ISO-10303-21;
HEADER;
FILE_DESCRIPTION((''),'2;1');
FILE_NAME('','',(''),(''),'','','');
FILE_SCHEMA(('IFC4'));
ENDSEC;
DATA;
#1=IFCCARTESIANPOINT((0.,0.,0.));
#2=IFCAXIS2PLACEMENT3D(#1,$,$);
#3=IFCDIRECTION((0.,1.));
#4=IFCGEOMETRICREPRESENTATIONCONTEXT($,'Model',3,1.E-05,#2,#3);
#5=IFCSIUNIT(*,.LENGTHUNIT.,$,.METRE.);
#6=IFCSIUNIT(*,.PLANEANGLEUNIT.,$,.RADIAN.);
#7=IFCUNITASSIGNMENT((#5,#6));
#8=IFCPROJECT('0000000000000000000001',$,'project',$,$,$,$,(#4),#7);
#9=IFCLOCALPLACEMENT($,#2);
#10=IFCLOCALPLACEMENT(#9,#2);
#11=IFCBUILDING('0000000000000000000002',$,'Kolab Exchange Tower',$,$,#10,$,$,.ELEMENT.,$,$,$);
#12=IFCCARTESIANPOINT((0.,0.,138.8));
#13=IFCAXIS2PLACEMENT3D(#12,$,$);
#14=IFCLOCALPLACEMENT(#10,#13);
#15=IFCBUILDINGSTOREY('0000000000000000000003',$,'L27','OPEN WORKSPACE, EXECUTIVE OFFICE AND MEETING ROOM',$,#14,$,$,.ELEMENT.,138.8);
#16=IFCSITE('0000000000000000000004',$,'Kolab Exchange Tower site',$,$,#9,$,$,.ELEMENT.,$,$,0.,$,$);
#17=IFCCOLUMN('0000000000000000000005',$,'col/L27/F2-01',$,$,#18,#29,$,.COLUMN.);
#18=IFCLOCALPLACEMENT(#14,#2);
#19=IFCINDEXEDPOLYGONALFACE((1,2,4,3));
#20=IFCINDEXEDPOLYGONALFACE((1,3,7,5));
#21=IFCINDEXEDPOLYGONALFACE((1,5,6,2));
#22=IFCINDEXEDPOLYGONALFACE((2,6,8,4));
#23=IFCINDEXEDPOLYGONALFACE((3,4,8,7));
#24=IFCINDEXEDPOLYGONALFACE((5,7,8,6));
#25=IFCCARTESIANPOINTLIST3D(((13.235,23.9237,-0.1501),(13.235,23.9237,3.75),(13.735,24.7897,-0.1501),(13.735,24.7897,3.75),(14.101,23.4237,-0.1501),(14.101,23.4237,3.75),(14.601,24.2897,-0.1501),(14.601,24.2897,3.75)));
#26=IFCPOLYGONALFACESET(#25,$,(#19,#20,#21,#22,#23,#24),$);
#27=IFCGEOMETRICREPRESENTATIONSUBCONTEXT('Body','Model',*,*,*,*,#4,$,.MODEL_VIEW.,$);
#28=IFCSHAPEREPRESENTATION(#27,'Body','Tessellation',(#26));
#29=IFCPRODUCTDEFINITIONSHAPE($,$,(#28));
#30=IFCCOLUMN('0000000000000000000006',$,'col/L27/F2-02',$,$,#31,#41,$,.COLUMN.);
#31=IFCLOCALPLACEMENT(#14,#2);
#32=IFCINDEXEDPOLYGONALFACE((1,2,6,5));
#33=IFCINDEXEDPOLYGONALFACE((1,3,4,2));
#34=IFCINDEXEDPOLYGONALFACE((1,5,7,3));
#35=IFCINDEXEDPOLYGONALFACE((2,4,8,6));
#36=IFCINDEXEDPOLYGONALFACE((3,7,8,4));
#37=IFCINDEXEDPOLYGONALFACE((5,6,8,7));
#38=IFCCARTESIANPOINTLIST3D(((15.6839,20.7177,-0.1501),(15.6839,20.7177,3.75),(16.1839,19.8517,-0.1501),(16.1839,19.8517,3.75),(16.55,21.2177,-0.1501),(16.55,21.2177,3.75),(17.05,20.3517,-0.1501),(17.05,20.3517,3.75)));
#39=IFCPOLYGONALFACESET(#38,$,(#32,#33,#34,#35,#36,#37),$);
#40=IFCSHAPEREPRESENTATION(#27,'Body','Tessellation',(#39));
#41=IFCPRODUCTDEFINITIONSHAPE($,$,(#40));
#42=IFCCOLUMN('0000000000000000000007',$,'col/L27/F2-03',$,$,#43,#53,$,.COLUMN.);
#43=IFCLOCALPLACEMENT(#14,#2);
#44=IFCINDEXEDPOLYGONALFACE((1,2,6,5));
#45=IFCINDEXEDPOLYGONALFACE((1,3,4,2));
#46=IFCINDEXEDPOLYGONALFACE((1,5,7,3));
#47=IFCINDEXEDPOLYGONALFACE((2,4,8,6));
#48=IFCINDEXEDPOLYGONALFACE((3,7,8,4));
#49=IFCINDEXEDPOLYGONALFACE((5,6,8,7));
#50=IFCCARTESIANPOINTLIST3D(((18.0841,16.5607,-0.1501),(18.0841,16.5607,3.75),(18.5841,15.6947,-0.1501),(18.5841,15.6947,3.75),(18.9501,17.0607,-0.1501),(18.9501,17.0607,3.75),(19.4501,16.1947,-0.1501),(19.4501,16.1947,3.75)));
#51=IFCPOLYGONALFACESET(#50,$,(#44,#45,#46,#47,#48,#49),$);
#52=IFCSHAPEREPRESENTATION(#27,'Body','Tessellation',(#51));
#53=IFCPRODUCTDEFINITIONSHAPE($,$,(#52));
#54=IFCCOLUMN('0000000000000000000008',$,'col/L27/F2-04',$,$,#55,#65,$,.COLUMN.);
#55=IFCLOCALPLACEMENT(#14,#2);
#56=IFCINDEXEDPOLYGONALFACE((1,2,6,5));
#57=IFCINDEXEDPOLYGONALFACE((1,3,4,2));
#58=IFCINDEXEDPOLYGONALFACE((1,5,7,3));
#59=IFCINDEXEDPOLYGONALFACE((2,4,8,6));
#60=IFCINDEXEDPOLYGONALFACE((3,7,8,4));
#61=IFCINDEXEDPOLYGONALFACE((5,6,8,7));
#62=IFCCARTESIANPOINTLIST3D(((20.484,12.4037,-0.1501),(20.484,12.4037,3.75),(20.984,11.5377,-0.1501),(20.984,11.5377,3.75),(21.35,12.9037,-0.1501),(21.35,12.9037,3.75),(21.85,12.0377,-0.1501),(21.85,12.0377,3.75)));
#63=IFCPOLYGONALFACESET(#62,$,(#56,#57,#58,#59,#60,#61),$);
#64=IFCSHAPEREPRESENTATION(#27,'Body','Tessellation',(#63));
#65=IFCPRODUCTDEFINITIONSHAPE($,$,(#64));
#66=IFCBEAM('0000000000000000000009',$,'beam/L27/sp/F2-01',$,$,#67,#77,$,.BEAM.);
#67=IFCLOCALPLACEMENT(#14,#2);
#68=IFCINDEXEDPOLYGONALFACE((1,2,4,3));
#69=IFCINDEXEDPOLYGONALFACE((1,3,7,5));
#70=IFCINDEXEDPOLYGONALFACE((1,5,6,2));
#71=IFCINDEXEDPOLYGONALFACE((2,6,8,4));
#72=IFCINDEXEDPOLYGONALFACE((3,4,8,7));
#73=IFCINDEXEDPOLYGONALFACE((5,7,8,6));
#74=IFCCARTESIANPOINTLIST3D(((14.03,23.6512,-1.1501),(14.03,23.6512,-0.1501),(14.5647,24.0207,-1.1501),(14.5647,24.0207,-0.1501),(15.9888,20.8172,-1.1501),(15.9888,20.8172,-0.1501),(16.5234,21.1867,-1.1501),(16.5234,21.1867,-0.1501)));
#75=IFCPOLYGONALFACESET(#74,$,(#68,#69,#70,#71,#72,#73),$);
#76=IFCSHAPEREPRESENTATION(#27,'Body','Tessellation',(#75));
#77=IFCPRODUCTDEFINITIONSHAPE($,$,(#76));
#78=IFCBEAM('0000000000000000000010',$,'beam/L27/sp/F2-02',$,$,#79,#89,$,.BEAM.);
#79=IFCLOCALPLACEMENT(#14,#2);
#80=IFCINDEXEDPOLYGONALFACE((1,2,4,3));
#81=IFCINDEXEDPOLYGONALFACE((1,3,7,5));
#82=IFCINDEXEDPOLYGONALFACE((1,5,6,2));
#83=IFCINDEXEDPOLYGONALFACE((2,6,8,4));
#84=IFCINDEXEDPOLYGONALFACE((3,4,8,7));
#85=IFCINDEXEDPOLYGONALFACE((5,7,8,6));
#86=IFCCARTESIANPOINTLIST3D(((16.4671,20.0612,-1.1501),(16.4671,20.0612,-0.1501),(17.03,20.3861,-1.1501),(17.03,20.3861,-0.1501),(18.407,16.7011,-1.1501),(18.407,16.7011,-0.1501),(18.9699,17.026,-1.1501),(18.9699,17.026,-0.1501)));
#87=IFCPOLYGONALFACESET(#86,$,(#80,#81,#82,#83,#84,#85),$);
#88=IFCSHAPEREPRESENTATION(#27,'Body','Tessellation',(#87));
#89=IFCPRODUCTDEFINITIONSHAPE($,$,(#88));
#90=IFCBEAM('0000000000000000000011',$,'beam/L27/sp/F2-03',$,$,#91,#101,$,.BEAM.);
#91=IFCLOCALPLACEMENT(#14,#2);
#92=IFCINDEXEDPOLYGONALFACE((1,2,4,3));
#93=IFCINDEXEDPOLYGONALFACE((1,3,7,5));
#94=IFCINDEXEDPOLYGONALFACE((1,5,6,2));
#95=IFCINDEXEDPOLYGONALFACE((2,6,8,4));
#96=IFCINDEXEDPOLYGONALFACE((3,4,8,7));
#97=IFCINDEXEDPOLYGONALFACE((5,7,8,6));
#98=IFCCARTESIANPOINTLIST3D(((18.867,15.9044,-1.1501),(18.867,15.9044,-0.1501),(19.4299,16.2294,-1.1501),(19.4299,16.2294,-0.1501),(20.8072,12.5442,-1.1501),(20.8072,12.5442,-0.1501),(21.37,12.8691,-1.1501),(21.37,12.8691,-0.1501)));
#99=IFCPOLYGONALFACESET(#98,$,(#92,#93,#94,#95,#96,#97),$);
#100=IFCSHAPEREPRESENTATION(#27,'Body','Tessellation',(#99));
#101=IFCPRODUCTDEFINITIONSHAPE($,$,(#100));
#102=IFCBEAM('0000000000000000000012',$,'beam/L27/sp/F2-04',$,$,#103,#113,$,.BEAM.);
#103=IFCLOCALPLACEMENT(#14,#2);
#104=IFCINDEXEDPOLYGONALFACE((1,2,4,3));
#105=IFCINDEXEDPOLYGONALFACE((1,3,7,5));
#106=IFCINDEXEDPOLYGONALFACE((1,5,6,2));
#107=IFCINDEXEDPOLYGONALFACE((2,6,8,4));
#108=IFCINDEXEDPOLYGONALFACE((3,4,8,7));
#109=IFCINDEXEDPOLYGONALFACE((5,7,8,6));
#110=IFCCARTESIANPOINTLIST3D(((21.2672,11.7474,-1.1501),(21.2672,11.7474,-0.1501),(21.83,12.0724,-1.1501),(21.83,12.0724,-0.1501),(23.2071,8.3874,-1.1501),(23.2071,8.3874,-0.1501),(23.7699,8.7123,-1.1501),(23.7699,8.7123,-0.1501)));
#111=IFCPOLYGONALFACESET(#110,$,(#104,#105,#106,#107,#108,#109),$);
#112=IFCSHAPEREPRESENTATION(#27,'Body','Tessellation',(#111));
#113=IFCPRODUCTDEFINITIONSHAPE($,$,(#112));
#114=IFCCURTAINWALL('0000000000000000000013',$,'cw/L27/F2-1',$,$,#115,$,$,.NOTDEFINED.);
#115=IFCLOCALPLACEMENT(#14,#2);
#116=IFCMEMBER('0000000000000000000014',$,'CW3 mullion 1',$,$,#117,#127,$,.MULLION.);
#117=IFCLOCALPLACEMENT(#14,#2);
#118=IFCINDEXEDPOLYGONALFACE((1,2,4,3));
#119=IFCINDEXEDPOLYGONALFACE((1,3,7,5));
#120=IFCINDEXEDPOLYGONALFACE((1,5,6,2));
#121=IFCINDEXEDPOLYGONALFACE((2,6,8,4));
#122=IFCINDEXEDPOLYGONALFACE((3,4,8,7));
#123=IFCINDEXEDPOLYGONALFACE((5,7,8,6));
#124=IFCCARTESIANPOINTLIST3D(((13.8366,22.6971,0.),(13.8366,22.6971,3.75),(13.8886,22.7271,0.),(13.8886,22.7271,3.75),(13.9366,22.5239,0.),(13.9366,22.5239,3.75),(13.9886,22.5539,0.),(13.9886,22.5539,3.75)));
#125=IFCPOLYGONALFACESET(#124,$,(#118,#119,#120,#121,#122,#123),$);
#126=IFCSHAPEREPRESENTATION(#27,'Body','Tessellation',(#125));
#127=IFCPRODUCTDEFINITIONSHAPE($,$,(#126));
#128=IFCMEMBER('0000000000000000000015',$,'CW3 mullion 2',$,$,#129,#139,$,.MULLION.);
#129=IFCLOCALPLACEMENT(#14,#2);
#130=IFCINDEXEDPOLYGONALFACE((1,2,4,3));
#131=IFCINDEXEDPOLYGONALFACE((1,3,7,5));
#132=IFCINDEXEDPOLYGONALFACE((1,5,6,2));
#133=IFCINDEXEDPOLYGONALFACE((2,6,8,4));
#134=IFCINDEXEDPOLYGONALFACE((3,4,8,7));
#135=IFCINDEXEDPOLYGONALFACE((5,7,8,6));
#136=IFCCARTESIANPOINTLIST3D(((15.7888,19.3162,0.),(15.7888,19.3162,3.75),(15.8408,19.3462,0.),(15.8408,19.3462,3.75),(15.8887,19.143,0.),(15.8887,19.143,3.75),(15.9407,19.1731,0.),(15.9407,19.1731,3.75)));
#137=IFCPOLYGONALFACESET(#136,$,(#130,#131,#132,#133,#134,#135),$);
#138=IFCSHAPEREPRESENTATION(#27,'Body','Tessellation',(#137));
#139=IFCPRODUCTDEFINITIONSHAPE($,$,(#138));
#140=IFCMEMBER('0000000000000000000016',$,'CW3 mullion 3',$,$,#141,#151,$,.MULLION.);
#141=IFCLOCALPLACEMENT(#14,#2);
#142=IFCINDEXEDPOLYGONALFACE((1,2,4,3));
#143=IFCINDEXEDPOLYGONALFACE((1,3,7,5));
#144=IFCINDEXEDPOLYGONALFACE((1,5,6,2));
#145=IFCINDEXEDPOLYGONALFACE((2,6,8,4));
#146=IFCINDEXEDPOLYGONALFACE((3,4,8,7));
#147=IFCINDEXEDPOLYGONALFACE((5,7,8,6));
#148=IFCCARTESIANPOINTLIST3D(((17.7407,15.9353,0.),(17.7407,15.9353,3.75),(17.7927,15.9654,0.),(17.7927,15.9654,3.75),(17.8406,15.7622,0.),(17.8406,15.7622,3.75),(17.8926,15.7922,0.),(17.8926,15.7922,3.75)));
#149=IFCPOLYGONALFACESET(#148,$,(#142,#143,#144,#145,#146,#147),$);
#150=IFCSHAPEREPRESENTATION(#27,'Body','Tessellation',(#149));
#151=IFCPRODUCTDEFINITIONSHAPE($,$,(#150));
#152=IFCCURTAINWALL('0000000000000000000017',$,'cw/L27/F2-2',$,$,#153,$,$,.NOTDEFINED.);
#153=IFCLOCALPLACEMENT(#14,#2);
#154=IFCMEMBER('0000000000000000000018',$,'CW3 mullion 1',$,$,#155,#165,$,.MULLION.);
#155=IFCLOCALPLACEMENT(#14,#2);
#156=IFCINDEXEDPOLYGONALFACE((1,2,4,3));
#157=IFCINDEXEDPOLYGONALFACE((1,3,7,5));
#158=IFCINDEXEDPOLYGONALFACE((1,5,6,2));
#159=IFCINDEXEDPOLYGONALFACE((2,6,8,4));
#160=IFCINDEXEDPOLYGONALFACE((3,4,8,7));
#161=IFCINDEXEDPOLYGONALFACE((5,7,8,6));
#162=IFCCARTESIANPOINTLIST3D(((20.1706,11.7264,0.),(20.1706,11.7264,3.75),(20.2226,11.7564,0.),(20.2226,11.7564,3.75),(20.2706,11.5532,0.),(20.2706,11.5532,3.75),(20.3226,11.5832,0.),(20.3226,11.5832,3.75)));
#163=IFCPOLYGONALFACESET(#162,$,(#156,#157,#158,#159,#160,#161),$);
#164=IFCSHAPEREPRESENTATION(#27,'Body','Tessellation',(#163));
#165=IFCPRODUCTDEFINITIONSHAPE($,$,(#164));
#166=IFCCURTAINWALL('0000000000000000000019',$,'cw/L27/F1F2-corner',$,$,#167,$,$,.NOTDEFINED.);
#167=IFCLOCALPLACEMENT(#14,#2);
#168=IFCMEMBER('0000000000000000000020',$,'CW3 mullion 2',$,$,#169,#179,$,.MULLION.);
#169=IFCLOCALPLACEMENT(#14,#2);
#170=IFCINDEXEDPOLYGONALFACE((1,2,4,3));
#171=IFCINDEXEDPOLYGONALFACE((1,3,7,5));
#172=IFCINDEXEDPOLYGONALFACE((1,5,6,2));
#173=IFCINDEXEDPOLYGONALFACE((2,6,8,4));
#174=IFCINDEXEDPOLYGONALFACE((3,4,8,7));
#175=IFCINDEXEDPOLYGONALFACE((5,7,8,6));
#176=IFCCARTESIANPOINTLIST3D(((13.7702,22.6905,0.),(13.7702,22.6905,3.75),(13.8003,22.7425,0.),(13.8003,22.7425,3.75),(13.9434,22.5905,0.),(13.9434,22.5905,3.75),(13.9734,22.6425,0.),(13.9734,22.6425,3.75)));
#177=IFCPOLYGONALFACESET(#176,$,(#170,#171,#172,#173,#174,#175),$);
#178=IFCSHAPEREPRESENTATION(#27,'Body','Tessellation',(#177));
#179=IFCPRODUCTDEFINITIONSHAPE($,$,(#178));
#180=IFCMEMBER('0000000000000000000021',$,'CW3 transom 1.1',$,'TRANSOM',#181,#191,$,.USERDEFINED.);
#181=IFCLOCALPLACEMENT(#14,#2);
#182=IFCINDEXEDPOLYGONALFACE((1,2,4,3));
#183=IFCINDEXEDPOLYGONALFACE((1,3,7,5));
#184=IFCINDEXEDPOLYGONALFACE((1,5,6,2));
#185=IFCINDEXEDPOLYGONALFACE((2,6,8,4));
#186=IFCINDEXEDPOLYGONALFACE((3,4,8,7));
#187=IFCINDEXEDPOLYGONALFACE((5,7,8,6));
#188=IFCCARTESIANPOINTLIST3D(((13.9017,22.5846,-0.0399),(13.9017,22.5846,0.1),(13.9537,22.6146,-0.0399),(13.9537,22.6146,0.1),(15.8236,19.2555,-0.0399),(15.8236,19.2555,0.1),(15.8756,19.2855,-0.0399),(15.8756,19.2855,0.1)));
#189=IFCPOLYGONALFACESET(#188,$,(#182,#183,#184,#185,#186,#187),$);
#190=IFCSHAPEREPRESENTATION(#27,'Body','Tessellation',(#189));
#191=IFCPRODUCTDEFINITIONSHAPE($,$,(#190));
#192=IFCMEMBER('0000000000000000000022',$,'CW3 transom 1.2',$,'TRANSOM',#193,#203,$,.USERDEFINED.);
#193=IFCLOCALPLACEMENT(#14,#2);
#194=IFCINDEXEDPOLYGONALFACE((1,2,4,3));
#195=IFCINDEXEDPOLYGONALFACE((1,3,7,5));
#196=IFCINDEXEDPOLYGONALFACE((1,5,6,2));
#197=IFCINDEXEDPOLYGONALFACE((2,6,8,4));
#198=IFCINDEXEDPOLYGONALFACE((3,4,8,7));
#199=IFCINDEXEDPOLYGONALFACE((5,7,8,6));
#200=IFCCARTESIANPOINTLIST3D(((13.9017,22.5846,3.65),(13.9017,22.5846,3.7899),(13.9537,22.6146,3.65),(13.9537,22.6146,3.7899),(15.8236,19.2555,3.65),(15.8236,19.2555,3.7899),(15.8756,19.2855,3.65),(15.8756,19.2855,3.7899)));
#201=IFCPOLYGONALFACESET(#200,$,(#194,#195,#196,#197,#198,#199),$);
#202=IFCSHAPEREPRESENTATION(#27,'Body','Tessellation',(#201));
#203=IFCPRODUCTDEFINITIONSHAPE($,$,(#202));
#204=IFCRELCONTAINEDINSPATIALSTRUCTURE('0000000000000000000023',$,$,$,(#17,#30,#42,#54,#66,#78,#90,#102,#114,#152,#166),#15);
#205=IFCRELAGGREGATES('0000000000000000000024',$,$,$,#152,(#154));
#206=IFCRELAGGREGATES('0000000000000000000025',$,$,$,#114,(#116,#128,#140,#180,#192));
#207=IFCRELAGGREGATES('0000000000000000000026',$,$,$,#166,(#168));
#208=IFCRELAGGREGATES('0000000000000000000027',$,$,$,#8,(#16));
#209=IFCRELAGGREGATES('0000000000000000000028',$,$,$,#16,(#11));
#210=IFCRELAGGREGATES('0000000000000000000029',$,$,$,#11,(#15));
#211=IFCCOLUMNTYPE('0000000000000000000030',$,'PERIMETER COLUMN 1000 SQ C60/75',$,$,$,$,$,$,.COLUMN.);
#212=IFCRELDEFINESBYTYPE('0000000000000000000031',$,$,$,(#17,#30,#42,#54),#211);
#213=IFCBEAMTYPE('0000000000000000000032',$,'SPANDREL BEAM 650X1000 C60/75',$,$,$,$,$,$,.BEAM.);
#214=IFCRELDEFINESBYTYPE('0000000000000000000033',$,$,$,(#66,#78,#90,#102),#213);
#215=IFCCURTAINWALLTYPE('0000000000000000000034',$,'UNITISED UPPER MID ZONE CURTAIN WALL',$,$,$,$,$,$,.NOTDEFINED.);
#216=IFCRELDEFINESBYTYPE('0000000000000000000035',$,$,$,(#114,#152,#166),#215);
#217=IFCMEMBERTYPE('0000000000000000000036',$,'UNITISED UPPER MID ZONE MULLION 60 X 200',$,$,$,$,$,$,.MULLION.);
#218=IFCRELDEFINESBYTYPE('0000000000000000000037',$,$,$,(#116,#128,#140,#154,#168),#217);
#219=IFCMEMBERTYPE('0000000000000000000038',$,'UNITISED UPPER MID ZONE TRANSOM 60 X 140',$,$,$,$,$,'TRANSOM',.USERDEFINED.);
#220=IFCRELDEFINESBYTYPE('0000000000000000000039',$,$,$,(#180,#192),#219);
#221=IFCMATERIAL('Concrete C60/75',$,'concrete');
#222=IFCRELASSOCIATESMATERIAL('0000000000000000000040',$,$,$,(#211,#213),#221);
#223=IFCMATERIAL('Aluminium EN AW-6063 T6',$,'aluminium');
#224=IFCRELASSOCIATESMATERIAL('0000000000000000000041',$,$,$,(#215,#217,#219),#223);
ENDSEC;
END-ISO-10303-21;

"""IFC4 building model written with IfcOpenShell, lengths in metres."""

from ifc_helpers import new_model, si_unit, direction, frame, origin, origin_2d, place, context, subcontext, project, spatial, rectangle, extrude, material, material_profile, profile_set, type_object, element, aggregate, save


model = new_model("IFC4")

# Units and contexts
model_context = context("Model", 3, precision=1e-05, world=origin(), true_north=direction((0.0, 1.0)))
body_context = subcontext(model_context, "Body", "Model", "MODEL_VIEW")
ifc_project = project(units=[si_unit("LENGTHUNIT", "METRE"), si_unit("PLANEANGLEUNIT", "RADIAN")], contexts=[model_context])

# Site, building, storey
site_placement = place(None, origin())
site = spatial("IfcSite", under=ifc_project, at=site_placement, Name="Kolab Exchange Tower site", CompositionType="ELEMENT", RefElevation=0.0)
building_placement = place(site_placement, origin())
building = spatial("IfcBuilding", under=site, at=building_placement, Name="Kolab Exchange Tower", CompositionType="ELEMENT")
storey_placement = place(building_placement, frame((0.0, 0.0, 138.8)))
storey = spatial("IfcBuildingStorey", under=building, at=storey_placement, Name="L27", Description="OPEN WORKSPACE, EXECUTIVE OFFICE AND MEETING ROOM", CompositionType="ELEMENT", Elevation=138.8)

# Columns
ifc_material_1 = material(Name="Concrete C60/75", Category="concrete")
ifc_material_profile_1 = material_profile(ifc_material_1, rectangle(XDim=1.0, YDim=1.0, at=origin_2d()), Name="RC1000")
ifc_profile_set_1 = profile_set([ifc_material_profile_1], Name="Concrete C60/75")
column_type = type_object("IfcColumnType", Name="PERIMETER COLUMN 1000 SQ C60/75", PredefinedType="COLUMN", material=ifc_profile_set_1)
for number, where, z_axis, x_axis, name in (
    (1, (13.918, 24.1067, -0.1501), (0.0, 0.0, 1.0), (0.5, 0.866025, 0.0), "col/L27/F2-01"),
    (2, (16.3669, 20.5347, -0.1501), (0.0, 0.0, 1.0), (0.866025, 0.5, 0.0), "col/L27/F2-02"),
    (3, (18.7671, 16.3777, -0.1501), (0.0, 0.0, 1.0), (0.866025, 0.5, 0.0), "col/L27/F2-03"),
    (4, (21.167, 12.2207, -0.1501), (0.0, 0.0, 1.0), (0.866025, 0.5, 0.0), "col/L27/F2-04"),
):
    element("IfcColumn", number, at=place(storey_placement, frame(where, z_axis=z_axis, x_axis=x_axis)), inside=storey, type_object=column_type, Name=name, PredefinedType="COLUMN", context=body_context, shape_type="SweptSolid", body=[
        extrude(rectangle(XDim=1.0, YDim=1.0, at=origin_2d()), origin(), (0.0, 0.0, 1.0), 3.9001),
    ])

# Beams
ifc_material_profile_2 = material_profile(ifc_material_1, rectangle(XDim=0.6499, YDim=1.0, at=origin_2d()), Name="RC650X1000")
ifc_profile_set_2 = profile_set([ifc_material_profile_2], Name="Concrete C60/75")
beam_type = type_object("IfcBeamType", Name="SPANDREL BEAM 650X1000 C60/75", PredefinedType="BEAM", material=ifc_profile_set_2)
beam_1_placement = place(storey_placement, frame((14.2974, 23.8359, -0.6501), z_axis=(0.568572, -0.822633, 0.0), x_axis=(0.822633, 0.568572, 0.0)))
element("IfcBeam", 5, at=beam_1_placement, inside=storey, type_object=beam_type, Name="beam/L27/sp/F2-01", PredefinedType="BEAM", context=body_context, shape_type="SweptSolid", body=[
    extrude(rectangle(XDim=0.6499, YDim=1.0, at=origin_2d()), origin(), (0.0, 0.0, 1.0), 3.4451),
])
beam_2_placement = place(storey_placement, frame((16.7485, 20.2236, -0.6501), z_axis=(0.499997, -0.866027, 0.0), x_axis=(0.866027, 0.499997, 0.0)))
element("IfcBeam", 6, at=beam_2_placement, inside=storey, type_object=beam_type, Name="beam/L27/sp/F2-02", PredefinedType="BEAM", context=body_context, shape_type="SweptSolid", body=[
    extrude(rectangle(XDim=0.6499, YDim=1.0, at=origin_2d()), origin(), (0.0, 0.0, 1.0), 3.8799),
])
beam_3_placement = place(storey_placement, frame((19.1484, 16.0669, -0.6501), z_axis=(0.500017, -0.866016, 0.0), x_axis=(0.866016, 0.500017, 0.0)))
element("IfcBeam", 7, at=beam_3_placement, inside=storey, type_object=beam_type, Name="beam/L27/sp/F2-03", PredefinedType="BEAM", context=body_context, shape_type="SweptSolid", body=[
    extrude(rectangle(XDim=0.6499, YDim=1.0, at=origin_2d()), origin(), (0.0, 0.0, 1.0), 3.8801),
])
beam_4_placement = place(storey_placement, frame((21.5486, 11.9099, -0.6501), z_axis=(0.499997, -0.866027, 0.0), x_axis=(0.866027, 0.499997, 0.0)))
element("IfcBeam", 8, at=beam_4_placement, inside=storey, type_object=beam_type, Name="beam/L27/sp/F2-04", PredefinedType="BEAM", context=body_context, shape_type="SweptSolid", body=[
    extrude(rectangle(XDim=0.6499, YDim=1.0, at=origin_2d()), origin(), (0.0, 0.0, 1.0), 3.8799),
])

# Curtain wall, members
ifc_material_2 = material(Name="Aluminium EN AW-6063 T6", Category="aluminium")
curtain_wall_type = type_object("IfcCurtainWallType", Name="UNITISED UPPER MID ZONE CURTAIN WALL", PredefinedType="NOTDEFINED", material=ifc_material_2)
curtain_wall_1_placement = place(storey_placement, origin())
curtain_wall_1 = element("IfcCurtainWall", 9, at=curtain_wall_1_placement, inside=storey, type_object=curtain_wall_type, Name="cw/L27/F2-1", PredefinedType="NOTDEFINED")
ifc_material_profile_3 = material_profile(ifc_material_2, rectangle(XDim=0.0601, YDim=0.2, at=origin_2d()), Name="RECT 60X200")
ifc_profile_set_3 = profile_set([ifc_material_profile_3], Name="Aluminium EN AW-6063 T6")
member_type_1 = type_object("IfcMemberType", Name="UNITISED UPPER MID ZONE MULLION 60 X 200", PredefinedType="MULLION", material=ifc_profile_set_3)
member_1_placement = place(storey_placement, frame((13.9126, 22.6255, 0.0), z_axis=(0.0, 0.0, 1.0), x_axis=(0.866025, 0.5, 0.0)))
member_1 = element("IfcMember", 10, at=member_1_placement, type_object=member_type_1, Name="CW3 mullion 1", PredefinedType="MULLION", context=body_context, shape_type="SweptSolid", body=[
    extrude(rectangle(XDim=0.0601, YDim=0.2, at=origin_2d()), origin(), (0.0, 0.0, 1.0), 3.75),
])
member_2_placement = place(storey_placement, frame((15.8647, 19.2446, 0.0), z_axis=(0.0, 0.0, 1.0), x_axis=(0.866025, 0.5, 0.0)))
member_2 = element("IfcMember", 11, at=member_2_placement, type_object=member_type_1, Name="CW3 mullion 2", PredefinedType="MULLION", context=body_context, shape_type="SweptSolid", body=[
    extrude(rectangle(XDim=0.0601, YDim=0.2, at=origin_2d()), origin(), (0.0, 0.0, 1.0), 3.75),
])
member_3_placement = place(storey_placement, frame((17.8167, 15.8638, 0.0), z_axis=(0.0, 0.0, 1.0), x_axis=(0.866025, 0.5, 0.0)))
member_3 = element("IfcMember", 12, at=member_3_placement, type_object=member_type_1, Name="CW3 mullion 3", PredefinedType="MULLION", context=body_context, shape_type="SweptSolid", body=[
    extrude(rectangle(XDim=0.0601, YDim=0.2, at=origin_2d()), origin(), (0.0, 0.0, 1.0), 3.75),
])

# Curtain walls, members
curtain_wall_2_placement = place(storey_placement, origin())
curtain_wall_2 = element("IfcCurtainWall", 13, at=curtain_wall_2_placement, inside=storey, type_object=curtain_wall_type, Name="cw/L27/F2-2", PredefinedType="NOTDEFINED")
member_4_placement = place(storey_placement, frame((20.2466, 11.6548, 0.0), z_axis=(0.0, 0.0, 1.0), x_axis=(0.866025, 0.5, 0.0)))
member_4 = element("IfcMember", 14, at=member_4_placement, type_object=member_type_1, Name="CW3 mullion 1", PredefinedType="MULLION", context=body_context, shape_type="SweptSolid", body=[
    extrude(rectangle(XDim=0.0601, YDim=0.2, at=origin_2d()), origin(), (0.0, 0.0, 1.0), 3.75),
])
aggregate(curtain_wall_2, [member_4])
curtain_wall_3_placement = place(storey_placement, origin())
curtain_wall_3 = element("IfcCurtainWall", 15, at=curtain_wall_3_placement, inside=storey, type_object=curtain_wall_type, Name="cw/L27/F1F2-corner", PredefinedType="NOTDEFINED")
member_5_placement = place(storey_placement, frame((13.8718, 22.6665, 0.0), z_axis=(0.0, 0.0, 1.0), x_axis=(0.5, 0.866025, 0.0)))
member_5 = element("IfcMember", 16, at=member_5_placement, type_object=member_type_1, Name="CW3 mullion 2", PredefinedType="MULLION", context=body_context, shape_type="SweptSolid", body=[
    extrude(rectangle(XDim=0.0601, YDim=0.2, at=origin_2d()), origin(), (0.0, 0.0, 1.0), 3.75),
])

# Members
ifc_material_profile_4 = material_profile(ifc_material_2, rectangle(XDim=0.0601, YDim=0.1399, at=origin_2d()), Name="RECT 60X140")
ifc_profile_set_4 = profile_set([ifc_material_profile_4], Name="Aluminium EN AW-6063 T6")
member_type_2 = type_object("IfcMemberType", Name="UNITISED UPPER MID ZONE TRANSOM 60 X 140", ElementType="TRANSOM", PredefinedType="USERDEFINED", material=ifc_profile_set_4)
member_6_placement = place(storey_placement, frame((13.9277, 22.5996, 0.03), z_axis=(0.499964, -0.866046, 0.0), x_axis=(0.866046, 0.499964, 0.0)))
member_6 = element("IfcMember", 17, at=member_6_placement, type_object=member_type_2, Name="CW3 transom 1.1", ObjectType="TRANSOM", PredefinedType="USERDEFINED", context=body_context, shape_type="SweptSolid", body=[
    extrude(rectangle(XDim=0.0601, YDim=0.1399, at=origin_2d()), origin(), (0.0, 0.0, 1.0), 3.844),
])
member_7_placement = place(storey_placement, frame((13.9277, 22.5996, 3.72), z_axis=(0.499964, -0.866046, 0.0), x_axis=(0.866046, 0.499964, 0.0)))
member_7 = element("IfcMember", 18, at=member_7_placement, type_object=member_type_2, Name="CW3 transom 1.2", ObjectType="TRANSOM", PredefinedType="USERDEFINED", context=body_context, shape_type="SweptSolid", body=[
    extrude(rectangle(XDim=0.0601, YDim=0.1399, at=origin_2d()), origin(), (0.0, 0.0, 1.0), 3.844),
])

aggregate(curtain_wall_1, [member_1, member_2, member_3, member_6, member_7])
aggregate(curtain_wall_3, [member_5])

save(model, "model.ifc")
